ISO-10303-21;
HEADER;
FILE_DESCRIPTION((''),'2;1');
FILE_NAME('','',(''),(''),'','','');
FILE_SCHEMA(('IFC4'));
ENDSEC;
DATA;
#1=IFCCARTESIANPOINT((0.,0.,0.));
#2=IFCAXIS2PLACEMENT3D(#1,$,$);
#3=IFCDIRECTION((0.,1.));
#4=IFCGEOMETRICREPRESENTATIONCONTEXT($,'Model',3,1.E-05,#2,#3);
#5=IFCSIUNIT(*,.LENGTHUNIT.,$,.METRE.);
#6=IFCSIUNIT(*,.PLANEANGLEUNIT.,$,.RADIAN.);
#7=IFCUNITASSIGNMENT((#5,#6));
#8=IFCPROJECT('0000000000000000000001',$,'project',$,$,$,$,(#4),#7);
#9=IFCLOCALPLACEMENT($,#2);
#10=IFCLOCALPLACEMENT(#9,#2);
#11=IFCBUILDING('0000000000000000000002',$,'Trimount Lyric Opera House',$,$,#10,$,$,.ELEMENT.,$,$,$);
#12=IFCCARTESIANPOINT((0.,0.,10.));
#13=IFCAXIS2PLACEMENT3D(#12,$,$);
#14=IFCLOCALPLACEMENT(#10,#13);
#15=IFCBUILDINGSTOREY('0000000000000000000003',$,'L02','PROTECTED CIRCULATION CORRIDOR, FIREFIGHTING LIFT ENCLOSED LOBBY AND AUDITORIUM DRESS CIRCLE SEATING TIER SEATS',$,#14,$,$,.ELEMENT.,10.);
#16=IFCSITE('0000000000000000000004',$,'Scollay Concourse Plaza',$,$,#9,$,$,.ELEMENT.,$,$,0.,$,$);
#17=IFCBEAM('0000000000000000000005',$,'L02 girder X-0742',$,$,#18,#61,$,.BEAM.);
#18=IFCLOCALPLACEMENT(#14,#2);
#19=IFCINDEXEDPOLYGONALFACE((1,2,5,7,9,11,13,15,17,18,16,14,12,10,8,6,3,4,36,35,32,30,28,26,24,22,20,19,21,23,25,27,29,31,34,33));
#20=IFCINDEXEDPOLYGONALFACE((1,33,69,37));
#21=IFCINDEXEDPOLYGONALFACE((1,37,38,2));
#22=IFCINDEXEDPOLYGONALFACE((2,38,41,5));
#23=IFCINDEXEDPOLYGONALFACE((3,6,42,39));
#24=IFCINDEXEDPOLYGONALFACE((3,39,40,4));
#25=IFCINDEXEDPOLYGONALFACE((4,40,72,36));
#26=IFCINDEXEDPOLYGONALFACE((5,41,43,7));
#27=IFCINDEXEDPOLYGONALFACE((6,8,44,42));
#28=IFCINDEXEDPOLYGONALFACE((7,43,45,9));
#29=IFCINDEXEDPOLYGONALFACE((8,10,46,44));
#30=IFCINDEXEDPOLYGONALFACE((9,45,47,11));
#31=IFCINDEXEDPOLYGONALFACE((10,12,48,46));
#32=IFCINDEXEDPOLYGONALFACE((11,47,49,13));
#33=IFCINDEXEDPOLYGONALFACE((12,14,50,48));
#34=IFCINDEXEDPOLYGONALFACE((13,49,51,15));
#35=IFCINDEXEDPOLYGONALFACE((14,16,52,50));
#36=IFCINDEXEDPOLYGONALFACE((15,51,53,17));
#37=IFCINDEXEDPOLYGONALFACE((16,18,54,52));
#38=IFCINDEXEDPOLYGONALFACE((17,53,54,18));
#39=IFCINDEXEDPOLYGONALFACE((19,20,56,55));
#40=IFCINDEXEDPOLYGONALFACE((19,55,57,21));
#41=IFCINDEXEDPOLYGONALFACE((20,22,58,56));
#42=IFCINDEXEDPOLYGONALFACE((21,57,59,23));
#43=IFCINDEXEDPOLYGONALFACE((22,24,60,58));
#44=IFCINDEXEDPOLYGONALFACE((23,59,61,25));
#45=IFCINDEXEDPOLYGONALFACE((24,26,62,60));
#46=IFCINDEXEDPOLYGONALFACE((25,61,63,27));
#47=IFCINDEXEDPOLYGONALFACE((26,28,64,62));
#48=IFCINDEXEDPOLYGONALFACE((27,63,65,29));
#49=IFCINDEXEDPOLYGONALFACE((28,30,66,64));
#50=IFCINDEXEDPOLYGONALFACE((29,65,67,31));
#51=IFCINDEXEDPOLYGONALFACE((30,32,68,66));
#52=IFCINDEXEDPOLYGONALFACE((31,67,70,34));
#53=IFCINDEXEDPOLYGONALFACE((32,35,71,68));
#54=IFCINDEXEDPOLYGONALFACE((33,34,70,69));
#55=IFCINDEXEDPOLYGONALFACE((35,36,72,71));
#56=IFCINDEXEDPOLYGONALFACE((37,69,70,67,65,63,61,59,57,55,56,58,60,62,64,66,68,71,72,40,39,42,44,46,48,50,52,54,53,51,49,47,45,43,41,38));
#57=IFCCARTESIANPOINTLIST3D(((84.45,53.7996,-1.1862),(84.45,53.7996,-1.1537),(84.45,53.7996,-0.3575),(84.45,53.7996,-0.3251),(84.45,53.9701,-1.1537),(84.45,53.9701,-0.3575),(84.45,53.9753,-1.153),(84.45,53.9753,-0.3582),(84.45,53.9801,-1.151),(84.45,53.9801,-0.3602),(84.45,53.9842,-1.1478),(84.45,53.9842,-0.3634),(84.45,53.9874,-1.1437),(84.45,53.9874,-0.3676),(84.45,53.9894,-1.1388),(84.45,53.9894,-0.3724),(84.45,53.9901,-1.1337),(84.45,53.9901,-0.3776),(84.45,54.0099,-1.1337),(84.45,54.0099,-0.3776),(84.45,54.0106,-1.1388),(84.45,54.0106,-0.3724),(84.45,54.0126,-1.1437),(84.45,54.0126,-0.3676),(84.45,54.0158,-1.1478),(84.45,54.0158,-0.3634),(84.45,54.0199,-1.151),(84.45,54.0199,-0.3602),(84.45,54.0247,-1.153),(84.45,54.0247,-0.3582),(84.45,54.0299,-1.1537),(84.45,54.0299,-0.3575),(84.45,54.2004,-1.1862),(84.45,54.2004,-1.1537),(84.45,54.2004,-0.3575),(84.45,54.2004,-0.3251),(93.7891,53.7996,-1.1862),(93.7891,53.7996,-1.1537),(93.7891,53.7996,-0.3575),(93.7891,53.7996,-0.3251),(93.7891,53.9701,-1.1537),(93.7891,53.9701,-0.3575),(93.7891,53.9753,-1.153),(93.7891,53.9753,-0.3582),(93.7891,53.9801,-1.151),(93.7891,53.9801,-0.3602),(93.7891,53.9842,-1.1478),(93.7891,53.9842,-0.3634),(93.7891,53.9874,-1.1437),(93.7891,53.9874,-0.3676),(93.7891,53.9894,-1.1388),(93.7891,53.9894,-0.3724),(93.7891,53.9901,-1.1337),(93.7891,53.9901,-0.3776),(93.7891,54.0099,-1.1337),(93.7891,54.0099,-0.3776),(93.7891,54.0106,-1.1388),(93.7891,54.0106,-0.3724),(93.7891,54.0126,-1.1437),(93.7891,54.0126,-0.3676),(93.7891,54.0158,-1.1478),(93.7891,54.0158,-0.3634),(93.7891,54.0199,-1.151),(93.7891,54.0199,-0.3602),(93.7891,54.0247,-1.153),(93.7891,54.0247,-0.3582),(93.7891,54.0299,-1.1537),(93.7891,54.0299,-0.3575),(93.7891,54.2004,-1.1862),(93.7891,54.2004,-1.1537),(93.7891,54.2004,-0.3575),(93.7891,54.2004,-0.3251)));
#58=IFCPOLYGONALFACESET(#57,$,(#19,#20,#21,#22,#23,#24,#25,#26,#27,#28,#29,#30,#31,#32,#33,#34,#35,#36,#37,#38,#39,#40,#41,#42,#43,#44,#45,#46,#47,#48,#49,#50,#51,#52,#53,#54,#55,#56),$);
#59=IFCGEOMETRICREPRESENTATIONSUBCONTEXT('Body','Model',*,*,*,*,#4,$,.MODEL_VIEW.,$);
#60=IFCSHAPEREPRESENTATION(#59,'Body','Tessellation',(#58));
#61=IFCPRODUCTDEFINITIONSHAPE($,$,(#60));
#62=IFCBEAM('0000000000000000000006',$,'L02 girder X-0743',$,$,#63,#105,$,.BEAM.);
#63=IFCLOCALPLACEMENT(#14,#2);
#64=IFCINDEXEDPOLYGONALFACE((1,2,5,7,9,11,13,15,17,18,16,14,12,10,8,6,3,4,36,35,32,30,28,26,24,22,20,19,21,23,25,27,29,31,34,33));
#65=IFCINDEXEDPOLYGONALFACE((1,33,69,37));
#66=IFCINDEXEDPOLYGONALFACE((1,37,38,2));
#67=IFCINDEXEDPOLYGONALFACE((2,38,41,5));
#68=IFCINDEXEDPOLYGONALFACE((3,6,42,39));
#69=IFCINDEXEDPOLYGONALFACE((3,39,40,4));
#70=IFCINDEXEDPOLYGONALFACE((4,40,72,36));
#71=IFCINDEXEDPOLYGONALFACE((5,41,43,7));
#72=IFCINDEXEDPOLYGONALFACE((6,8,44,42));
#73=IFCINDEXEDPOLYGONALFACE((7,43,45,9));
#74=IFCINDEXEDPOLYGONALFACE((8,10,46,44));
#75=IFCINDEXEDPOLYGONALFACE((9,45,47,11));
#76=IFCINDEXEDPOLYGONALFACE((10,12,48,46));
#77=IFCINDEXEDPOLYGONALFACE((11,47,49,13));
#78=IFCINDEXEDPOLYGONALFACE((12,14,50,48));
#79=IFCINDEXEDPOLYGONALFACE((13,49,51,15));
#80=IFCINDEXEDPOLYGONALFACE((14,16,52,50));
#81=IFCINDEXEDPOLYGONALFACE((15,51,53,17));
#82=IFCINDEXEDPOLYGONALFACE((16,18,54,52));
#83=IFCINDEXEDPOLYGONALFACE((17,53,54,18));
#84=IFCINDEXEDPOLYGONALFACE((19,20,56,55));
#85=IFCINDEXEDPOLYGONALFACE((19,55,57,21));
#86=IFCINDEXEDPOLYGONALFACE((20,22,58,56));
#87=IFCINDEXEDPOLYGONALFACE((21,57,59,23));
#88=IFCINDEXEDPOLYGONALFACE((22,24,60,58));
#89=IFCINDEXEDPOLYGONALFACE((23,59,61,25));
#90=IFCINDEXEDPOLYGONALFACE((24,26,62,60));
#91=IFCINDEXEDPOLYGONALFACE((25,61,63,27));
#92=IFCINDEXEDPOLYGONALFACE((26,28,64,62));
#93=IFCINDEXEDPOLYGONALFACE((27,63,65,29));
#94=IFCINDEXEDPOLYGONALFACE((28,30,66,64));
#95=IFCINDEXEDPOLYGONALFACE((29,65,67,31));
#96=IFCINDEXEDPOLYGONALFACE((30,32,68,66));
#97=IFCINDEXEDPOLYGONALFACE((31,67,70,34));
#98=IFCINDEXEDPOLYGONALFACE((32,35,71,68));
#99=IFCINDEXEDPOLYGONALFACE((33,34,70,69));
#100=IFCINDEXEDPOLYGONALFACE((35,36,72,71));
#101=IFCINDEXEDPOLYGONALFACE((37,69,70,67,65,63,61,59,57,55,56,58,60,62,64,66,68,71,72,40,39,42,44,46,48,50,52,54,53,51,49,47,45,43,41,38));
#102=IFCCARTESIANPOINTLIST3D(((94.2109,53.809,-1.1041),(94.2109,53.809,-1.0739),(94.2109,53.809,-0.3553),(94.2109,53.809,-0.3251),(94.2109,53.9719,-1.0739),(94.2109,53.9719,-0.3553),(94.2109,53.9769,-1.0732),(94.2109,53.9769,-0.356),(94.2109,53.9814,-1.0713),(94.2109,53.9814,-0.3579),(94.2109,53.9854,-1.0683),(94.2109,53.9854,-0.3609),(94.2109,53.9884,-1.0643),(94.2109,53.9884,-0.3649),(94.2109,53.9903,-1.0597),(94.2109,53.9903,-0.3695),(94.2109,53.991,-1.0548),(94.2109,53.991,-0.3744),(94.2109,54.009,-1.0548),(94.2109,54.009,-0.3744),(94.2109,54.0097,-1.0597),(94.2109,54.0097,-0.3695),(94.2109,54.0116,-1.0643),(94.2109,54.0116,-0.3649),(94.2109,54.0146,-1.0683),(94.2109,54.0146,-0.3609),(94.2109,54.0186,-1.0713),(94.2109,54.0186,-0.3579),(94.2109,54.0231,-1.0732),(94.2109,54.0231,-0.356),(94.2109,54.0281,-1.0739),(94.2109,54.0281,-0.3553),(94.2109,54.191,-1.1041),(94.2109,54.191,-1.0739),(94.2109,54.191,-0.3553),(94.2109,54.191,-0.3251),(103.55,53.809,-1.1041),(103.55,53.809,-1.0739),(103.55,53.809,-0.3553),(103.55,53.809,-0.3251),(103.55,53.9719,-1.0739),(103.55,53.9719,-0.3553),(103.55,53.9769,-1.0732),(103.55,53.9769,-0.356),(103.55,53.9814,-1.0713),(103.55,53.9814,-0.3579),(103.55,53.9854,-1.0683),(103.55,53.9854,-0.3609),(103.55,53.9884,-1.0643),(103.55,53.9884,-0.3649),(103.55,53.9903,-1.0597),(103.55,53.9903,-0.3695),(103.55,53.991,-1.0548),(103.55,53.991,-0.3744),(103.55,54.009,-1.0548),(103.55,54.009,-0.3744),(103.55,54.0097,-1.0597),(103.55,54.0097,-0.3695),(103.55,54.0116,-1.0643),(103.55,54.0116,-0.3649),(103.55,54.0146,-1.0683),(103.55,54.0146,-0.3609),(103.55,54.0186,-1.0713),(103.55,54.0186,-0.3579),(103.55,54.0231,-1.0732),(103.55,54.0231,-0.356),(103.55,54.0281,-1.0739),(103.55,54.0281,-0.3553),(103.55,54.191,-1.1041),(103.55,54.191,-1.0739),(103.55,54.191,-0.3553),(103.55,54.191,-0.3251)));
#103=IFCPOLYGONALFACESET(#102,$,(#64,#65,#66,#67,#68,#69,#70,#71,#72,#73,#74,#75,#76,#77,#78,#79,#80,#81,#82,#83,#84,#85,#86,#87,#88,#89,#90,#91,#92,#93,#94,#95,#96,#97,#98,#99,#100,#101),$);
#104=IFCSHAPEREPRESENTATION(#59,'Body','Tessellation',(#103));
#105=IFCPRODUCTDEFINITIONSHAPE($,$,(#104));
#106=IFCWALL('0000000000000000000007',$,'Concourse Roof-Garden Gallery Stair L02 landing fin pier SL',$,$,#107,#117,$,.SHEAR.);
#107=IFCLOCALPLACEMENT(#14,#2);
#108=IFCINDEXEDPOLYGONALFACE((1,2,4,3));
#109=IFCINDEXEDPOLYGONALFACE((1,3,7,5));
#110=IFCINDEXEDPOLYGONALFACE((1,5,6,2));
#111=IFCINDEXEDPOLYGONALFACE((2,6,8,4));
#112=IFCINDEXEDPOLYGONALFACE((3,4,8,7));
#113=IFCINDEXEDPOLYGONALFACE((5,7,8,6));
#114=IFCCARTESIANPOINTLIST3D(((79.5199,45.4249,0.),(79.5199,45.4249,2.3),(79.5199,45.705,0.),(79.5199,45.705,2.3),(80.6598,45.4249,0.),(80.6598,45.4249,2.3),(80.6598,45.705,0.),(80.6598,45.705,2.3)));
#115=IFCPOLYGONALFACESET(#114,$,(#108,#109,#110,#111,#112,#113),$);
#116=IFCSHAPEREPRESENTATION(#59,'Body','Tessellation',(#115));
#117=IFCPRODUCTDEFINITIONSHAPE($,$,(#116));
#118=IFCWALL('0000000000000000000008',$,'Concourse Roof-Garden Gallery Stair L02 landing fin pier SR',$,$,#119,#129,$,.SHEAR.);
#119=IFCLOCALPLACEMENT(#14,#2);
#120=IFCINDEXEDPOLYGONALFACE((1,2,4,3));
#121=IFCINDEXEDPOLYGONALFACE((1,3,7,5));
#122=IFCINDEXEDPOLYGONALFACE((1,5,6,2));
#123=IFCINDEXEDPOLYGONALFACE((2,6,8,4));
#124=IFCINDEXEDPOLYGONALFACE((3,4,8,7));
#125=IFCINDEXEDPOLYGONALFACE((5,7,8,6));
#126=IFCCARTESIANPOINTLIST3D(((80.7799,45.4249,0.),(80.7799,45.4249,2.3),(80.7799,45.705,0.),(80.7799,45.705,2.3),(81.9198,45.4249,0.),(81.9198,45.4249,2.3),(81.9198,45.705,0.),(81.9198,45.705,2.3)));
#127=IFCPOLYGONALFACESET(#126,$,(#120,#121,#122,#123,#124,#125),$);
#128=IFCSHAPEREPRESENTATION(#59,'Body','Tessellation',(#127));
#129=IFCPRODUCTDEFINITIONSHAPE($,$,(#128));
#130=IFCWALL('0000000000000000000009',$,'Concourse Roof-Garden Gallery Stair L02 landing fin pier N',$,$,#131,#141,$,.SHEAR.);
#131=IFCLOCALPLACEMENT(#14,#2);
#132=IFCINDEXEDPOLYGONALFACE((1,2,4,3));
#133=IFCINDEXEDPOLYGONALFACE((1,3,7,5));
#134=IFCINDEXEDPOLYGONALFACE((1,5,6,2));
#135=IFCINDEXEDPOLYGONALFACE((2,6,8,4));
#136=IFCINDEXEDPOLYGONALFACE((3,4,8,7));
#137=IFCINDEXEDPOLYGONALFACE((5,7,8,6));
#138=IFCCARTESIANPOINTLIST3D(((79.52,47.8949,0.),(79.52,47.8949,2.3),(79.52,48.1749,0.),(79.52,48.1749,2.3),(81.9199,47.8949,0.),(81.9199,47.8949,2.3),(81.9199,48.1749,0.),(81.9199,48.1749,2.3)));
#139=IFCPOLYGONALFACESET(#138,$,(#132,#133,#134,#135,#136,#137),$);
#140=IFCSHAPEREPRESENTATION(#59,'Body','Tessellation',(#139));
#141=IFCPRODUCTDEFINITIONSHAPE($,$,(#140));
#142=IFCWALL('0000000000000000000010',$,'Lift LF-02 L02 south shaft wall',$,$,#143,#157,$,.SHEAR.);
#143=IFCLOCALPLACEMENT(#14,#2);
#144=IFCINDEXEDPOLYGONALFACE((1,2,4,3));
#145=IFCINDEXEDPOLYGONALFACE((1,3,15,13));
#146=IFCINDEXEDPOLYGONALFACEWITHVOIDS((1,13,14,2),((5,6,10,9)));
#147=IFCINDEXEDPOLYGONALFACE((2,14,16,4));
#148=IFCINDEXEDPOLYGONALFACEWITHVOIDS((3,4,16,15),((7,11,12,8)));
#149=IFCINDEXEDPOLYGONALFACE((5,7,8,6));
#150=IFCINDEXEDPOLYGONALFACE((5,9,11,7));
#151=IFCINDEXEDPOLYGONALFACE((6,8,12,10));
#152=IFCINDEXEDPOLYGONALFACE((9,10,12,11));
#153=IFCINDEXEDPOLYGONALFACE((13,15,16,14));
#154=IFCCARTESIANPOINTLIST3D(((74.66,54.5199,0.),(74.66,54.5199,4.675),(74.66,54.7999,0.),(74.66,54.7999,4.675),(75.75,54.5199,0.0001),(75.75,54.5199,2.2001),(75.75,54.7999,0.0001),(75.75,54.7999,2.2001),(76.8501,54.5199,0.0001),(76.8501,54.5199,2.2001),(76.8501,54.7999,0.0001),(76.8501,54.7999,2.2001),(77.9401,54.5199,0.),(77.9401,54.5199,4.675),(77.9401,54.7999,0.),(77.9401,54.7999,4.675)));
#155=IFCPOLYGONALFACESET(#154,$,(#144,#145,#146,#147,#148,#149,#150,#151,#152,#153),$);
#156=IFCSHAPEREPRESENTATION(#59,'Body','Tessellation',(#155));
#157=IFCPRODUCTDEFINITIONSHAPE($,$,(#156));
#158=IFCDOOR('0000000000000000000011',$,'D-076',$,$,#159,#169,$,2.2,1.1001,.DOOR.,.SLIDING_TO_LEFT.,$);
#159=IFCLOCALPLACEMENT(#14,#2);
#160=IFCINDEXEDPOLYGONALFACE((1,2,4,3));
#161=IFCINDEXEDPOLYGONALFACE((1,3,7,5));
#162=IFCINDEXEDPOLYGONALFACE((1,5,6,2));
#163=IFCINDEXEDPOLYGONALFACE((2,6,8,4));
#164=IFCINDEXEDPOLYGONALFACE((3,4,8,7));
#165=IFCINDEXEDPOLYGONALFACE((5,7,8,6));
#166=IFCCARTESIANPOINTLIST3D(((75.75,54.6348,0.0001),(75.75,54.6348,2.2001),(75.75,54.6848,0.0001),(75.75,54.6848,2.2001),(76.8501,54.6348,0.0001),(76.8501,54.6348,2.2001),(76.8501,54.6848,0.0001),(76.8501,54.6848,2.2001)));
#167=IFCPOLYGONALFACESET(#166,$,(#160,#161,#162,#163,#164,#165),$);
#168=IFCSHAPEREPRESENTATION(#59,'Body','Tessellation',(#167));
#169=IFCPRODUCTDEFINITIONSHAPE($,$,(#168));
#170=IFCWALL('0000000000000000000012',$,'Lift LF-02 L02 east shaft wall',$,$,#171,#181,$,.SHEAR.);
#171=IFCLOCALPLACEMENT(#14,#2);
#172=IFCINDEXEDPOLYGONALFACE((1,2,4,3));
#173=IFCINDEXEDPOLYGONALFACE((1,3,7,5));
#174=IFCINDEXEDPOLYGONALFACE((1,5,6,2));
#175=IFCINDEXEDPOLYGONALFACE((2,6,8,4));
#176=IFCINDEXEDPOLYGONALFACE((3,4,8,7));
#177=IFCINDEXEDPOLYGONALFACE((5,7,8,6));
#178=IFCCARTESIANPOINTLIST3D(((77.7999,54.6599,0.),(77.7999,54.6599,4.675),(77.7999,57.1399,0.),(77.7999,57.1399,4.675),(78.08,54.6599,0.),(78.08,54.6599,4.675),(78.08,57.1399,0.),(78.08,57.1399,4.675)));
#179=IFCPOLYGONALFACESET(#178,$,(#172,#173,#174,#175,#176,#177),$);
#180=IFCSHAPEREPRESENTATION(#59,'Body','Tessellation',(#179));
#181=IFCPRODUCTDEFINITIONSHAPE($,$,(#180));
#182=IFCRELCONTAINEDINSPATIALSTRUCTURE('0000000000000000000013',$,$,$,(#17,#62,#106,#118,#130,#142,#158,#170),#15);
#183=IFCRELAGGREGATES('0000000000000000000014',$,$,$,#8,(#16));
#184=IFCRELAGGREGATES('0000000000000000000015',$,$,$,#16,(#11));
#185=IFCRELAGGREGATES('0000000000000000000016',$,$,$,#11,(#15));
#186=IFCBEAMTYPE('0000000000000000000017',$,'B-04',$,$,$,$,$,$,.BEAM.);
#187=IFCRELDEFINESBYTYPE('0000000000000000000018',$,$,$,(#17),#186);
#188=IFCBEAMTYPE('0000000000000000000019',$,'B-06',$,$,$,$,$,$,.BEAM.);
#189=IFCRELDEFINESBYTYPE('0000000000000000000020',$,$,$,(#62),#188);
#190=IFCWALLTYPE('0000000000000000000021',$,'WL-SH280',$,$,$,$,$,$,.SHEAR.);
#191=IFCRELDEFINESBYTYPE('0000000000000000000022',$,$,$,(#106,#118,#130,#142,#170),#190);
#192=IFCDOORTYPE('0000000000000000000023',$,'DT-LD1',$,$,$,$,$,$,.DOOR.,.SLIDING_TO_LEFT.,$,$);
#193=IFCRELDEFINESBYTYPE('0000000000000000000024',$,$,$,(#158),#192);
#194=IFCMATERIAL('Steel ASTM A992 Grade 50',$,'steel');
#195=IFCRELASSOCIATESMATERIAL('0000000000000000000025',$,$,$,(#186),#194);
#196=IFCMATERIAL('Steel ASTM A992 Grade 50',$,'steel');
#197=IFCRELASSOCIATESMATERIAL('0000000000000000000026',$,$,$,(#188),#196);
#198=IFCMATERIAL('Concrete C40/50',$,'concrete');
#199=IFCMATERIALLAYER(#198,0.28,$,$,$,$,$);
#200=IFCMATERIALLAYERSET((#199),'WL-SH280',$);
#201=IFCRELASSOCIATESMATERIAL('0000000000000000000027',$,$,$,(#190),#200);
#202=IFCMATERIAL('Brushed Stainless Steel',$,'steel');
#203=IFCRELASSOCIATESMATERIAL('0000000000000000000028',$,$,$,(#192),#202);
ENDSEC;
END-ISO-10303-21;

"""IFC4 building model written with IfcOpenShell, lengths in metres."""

from ifc_helpers import new_model, si_unit, direction, frame, frame_2d, origin, origin_2d, place, context, subcontext, project, spatial, rectangle, i_section, extrude, material, layer, layer_set, material_profile, profile_set, type_object, element, fill, save


model = new_model("IFC4")

# Units and contexts
model_context = context("Model", 3, precision=1e-05, world=origin(), true_north=direction((0.0, 1.0)))
body_context = subcontext(model_context, "Body", "Model", "MODEL_VIEW")
ifc_project = project(units=[si_unit("LENGTHUNIT", "METRE"), si_unit("PLANEANGLEUNIT", "RADIAN")], contexts=[model_context])

# Site, building, storey
site_placement = place(None, origin())
site = spatial("IfcSite", under=ifc_project, at=site_placement, Name="Scollay Concourse Plaza", CompositionType="ELEMENT", RefElevation=0.0)
building_placement = place(site_placement, origin())
building = spatial("IfcBuilding", under=site, at=building_placement, Name="Trimount Lyric Opera House", CompositionType="ELEMENT")
storey_placement = place(building_placement, frame((0.0, 0.0, 10.0)))
storey = spatial("IfcBuildingStorey", under=building, at=storey_placement, Name="L02", Description="PROTECTED CIRCULATION CORRIDOR, FIREFIGHTING LIFT ENCLOSED LOBBY AND AUDITORIUM DRESS CIRCLE SEATING TIER SEATS", CompositionType="ELEMENT", Elevation=10.0)

# Beams
ifc_material_1 = material(Name="Steel ASTM A992 Grade 50", Category="steel")
ifc_material_profile_1 = material_profile(ifc_material_1, i_section(OverallWidth=0.4009, OverallDepth=0.8611, WebThickness=0.0198, FlangeThickness=0.0325, FilletRadius=0.02, at=origin_2d()), Name="W33X221")
ifc_profile_set_1 = profile_set([ifc_material_profile_1], Name="Steel ASTM A992 Grade 50")
beam_type_1 = type_object("IfcBeamType", Name="B-04", PredefinedType="BEAM", material=ifc_profile_set_1)
beam_1_placement = place(storey_placement, frame((84.45, 54.0, -0.7556), z_axis=(1.0, 0.0, 0.0), x_axis=(0.0, 1.0, 0.0)))
element("IfcBeam", 1, at=beam_1_placement, inside=storey, type_object=beam_type_1, Name="L02 girder X-0742", PredefinedType="BEAM", context=body_context, shape_type="SweptSolid", body=[
    extrude(i_section(OverallWidth=0.4009, OverallDepth=0.8611, WebThickness=0.0198, FlangeThickness=0.0325, FilletRadius=0.02, at=origin_2d()), origin(), (0.0, 0.0, 1.0), 9.3391),
])
ifc_material_2 = material(Name="Steel ASTM A992 Grade 50", Category="steel")
ifc_material_profile_2 = material_profile(ifc_material_2, i_section(OverallWidth=0.3821, OverallDepth=0.7791, WebThickness=0.0181, FlangeThickness=0.0303, FilletRadius=0.019, at=origin_2d()), Name="W30X191")
ifc_profile_set_2 = profile_set([ifc_material_profile_2], Name="Steel ASTM A992 Grade 50")
beam_type_2 = type_object("IfcBeamType", Name="B-06", PredefinedType="BEAM", material=ifc_profile_set_2)
beam_2_placement = place(storey_placement, frame((94.2109, 54.0, -0.7146), z_axis=(1.0, 0.0, 0.0), x_axis=(0.0, 1.0, 0.0)))
element("IfcBeam", 2, at=beam_2_placement, inside=storey, type_object=beam_type_2, Name="L02 girder X-0743", PredefinedType="BEAM", context=body_context, shape_type="SweptSolid", body=[
    extrude(i_section(OverallWidth=0.3821, OverallDepth=0.7791, WebThickness=0.0181, FlangeThickness=0.0303, FilletRadius=0.019, at=origin_2d()), origin(), (0.0, 0.0, 1.0), 9.3391),
])

# Walls
ifc_material_3 = material(Name="Concrete C40/50", Category="concrete")
ifc_layer_1 = layer(ifc_material_3, 0.28)
ifc_layer_set_1 = layer_set([ifc_layer_1], Name="WL-SH280")
wall_type_1 = type_object("IfcWallType", Name="WL-SH280", PredefinedType="SHEAR", material=ifc_layer_set_1)
for number, where, z_axis, x_axis, name in (
    (3, (79.52, 45.5649, 0.0), (0.0, 0.0, 1.0), (1.0, 0.0, 0.0), "Concourse Roof-Garden Gallery Stair L02 landing fin pier SL"),
    (4, (80.78, 45.5649, 0.0), (0.0, 0.0, 1.0), (1.0, 0.0, 0.0), "Concourse Roof-Garden Gallery Stair L02 landing fin pier SR"),
):
    element("IfcWall", number, at=place(storey_placement, frame(where, z_axis=z_axis, x_axis=x_axis)), inside=storey, type_object=wall_type_1, Name=name, PredefinedType="SHEAR", context=body_context, shape_type="SweptSolid", body=[
        extrude(rectangle(XDim=1.1399, YDim=0.28, at=frame_2d((0.5698, 0.0))), origin(), (0.0, 0.0, 1.0), 2.3),
    ])
wall_1_placement = place(storey_placement, frame((79.52, 48.0349, 0.0), z_axis=(0.0, 0.0, 1.0), x_axis=(1.0, 0.0, 0.0)))
element("IfcWall", 5, at=wall_1_placement, inside=storey, type_object=wall_type_1, Name="Concourse Roof-Garden Gallery Stair L02 landing fin pier N", PredefinedType="SHEAR", context=body_context, shape_type="SweptSolid", body=[
    extrude(rectangle(XDim=2.3999, YDim=0.28, at=frame_2d((1.2, 0.0))), origin(), (0.0, 0.0, 1.0), 2.3),
])

# Wall, opening, door
wall_2_placement = place(storey_placement, frame((74.6599, 54.6599, 0.0), z_axis=(0.0, 0.0, 1.0), x_axis=(1.0, 0.0, 0.0)))
wall_2 = element("IfcWall", 6, at=wall_2_placement, inside=storey, type_object=wall_type_1, Name="Lift LF-02 L02 south shaft wall", PredefinedType="SHEAR", context=body_context, shape_type="SweptSolid", body=[
    extrude(rectangle(XDim=3.28, YDim=0.28, at=frame_2d((1.6401, 0.0))), origin(), (0.0, 0.0, 1.0), 4.675),
])
opening_1_placement = place(wall_2_placement, frame((1.0901, 0.0, 0.0)))
opening_1 = element("IfcOpeningElement", 7, at=opening_1_placement, cuts=wall_2, PredefinedType="OPENING", context=body_context, shape_type="SweptSolid", body=[
    extrude(rectangle(XDim=1.1001, YDim=2.2, at=frame_2d((0.55, 1.1001))), frame((0.0, 0.1499, 0.0), z_axis=(0.0, -1.0, 0.0), x_axis=(1.0, 0.0, 0.0)), (0.0, 0.0, 1.0), 0.3),
])
ifc_material_4 = material(Name="Brushed Stainless Steel", Category="steel")
door_type_1 = type_object("IfcDoorType", Name="DT-LD1", OperationType="SLIDING_TO_LEFT", PredefinedType="DOOR", material=ifc_material_4)
door_1_placement = place(opening_1_placement, origin())
door_1 = element("IfcDoor", 8, at=door_1_placement, inside=storey, type_object=door_type_1, Name="D-076", OperationType="SLIDING_TO_LEFT", OverallHeight=2.2, OverallWidth=1.1001, PredefinedType="DOOR", context=body_context, shape_type="SweptSolid", body=[
    extrude(rectangle(XDim=1.1001, YDim=2.2, at=frame_2d((0.55, 1.1001))), frame((0.0, 0.0249, 0.0), z_axis=(0.0, -1.0, 0.0), x_axis=(1.0, 0.0, 0.0)), (0.0, 0.0, 1.0), 0.05),
])
fill(opening_1, door_1)

# Wall
wall_3_placement = place(storey_placement, frame((77.9399, 54.6599, 0.0), z_axis=(0.0, 0.0, 1.0), x_axis=(0.0, 1.0, 0.0)))
element("IfcWall", 9, at=wall_3_placement, inside=storey, type_object=wall_type_1, Name="Lift LF-02 L02 east shaft wall", PredefinedType="SHEAR", context=body_context, shape_type="SweptSolid", body=[
    extrude(rectangle(XDim=2.48, YDim=0.28, at=frame_2d((1.24, 0.0))), origin(), (0.0, 0.0, 1.0), 4.675),
])

save(model, "model.ifc")
